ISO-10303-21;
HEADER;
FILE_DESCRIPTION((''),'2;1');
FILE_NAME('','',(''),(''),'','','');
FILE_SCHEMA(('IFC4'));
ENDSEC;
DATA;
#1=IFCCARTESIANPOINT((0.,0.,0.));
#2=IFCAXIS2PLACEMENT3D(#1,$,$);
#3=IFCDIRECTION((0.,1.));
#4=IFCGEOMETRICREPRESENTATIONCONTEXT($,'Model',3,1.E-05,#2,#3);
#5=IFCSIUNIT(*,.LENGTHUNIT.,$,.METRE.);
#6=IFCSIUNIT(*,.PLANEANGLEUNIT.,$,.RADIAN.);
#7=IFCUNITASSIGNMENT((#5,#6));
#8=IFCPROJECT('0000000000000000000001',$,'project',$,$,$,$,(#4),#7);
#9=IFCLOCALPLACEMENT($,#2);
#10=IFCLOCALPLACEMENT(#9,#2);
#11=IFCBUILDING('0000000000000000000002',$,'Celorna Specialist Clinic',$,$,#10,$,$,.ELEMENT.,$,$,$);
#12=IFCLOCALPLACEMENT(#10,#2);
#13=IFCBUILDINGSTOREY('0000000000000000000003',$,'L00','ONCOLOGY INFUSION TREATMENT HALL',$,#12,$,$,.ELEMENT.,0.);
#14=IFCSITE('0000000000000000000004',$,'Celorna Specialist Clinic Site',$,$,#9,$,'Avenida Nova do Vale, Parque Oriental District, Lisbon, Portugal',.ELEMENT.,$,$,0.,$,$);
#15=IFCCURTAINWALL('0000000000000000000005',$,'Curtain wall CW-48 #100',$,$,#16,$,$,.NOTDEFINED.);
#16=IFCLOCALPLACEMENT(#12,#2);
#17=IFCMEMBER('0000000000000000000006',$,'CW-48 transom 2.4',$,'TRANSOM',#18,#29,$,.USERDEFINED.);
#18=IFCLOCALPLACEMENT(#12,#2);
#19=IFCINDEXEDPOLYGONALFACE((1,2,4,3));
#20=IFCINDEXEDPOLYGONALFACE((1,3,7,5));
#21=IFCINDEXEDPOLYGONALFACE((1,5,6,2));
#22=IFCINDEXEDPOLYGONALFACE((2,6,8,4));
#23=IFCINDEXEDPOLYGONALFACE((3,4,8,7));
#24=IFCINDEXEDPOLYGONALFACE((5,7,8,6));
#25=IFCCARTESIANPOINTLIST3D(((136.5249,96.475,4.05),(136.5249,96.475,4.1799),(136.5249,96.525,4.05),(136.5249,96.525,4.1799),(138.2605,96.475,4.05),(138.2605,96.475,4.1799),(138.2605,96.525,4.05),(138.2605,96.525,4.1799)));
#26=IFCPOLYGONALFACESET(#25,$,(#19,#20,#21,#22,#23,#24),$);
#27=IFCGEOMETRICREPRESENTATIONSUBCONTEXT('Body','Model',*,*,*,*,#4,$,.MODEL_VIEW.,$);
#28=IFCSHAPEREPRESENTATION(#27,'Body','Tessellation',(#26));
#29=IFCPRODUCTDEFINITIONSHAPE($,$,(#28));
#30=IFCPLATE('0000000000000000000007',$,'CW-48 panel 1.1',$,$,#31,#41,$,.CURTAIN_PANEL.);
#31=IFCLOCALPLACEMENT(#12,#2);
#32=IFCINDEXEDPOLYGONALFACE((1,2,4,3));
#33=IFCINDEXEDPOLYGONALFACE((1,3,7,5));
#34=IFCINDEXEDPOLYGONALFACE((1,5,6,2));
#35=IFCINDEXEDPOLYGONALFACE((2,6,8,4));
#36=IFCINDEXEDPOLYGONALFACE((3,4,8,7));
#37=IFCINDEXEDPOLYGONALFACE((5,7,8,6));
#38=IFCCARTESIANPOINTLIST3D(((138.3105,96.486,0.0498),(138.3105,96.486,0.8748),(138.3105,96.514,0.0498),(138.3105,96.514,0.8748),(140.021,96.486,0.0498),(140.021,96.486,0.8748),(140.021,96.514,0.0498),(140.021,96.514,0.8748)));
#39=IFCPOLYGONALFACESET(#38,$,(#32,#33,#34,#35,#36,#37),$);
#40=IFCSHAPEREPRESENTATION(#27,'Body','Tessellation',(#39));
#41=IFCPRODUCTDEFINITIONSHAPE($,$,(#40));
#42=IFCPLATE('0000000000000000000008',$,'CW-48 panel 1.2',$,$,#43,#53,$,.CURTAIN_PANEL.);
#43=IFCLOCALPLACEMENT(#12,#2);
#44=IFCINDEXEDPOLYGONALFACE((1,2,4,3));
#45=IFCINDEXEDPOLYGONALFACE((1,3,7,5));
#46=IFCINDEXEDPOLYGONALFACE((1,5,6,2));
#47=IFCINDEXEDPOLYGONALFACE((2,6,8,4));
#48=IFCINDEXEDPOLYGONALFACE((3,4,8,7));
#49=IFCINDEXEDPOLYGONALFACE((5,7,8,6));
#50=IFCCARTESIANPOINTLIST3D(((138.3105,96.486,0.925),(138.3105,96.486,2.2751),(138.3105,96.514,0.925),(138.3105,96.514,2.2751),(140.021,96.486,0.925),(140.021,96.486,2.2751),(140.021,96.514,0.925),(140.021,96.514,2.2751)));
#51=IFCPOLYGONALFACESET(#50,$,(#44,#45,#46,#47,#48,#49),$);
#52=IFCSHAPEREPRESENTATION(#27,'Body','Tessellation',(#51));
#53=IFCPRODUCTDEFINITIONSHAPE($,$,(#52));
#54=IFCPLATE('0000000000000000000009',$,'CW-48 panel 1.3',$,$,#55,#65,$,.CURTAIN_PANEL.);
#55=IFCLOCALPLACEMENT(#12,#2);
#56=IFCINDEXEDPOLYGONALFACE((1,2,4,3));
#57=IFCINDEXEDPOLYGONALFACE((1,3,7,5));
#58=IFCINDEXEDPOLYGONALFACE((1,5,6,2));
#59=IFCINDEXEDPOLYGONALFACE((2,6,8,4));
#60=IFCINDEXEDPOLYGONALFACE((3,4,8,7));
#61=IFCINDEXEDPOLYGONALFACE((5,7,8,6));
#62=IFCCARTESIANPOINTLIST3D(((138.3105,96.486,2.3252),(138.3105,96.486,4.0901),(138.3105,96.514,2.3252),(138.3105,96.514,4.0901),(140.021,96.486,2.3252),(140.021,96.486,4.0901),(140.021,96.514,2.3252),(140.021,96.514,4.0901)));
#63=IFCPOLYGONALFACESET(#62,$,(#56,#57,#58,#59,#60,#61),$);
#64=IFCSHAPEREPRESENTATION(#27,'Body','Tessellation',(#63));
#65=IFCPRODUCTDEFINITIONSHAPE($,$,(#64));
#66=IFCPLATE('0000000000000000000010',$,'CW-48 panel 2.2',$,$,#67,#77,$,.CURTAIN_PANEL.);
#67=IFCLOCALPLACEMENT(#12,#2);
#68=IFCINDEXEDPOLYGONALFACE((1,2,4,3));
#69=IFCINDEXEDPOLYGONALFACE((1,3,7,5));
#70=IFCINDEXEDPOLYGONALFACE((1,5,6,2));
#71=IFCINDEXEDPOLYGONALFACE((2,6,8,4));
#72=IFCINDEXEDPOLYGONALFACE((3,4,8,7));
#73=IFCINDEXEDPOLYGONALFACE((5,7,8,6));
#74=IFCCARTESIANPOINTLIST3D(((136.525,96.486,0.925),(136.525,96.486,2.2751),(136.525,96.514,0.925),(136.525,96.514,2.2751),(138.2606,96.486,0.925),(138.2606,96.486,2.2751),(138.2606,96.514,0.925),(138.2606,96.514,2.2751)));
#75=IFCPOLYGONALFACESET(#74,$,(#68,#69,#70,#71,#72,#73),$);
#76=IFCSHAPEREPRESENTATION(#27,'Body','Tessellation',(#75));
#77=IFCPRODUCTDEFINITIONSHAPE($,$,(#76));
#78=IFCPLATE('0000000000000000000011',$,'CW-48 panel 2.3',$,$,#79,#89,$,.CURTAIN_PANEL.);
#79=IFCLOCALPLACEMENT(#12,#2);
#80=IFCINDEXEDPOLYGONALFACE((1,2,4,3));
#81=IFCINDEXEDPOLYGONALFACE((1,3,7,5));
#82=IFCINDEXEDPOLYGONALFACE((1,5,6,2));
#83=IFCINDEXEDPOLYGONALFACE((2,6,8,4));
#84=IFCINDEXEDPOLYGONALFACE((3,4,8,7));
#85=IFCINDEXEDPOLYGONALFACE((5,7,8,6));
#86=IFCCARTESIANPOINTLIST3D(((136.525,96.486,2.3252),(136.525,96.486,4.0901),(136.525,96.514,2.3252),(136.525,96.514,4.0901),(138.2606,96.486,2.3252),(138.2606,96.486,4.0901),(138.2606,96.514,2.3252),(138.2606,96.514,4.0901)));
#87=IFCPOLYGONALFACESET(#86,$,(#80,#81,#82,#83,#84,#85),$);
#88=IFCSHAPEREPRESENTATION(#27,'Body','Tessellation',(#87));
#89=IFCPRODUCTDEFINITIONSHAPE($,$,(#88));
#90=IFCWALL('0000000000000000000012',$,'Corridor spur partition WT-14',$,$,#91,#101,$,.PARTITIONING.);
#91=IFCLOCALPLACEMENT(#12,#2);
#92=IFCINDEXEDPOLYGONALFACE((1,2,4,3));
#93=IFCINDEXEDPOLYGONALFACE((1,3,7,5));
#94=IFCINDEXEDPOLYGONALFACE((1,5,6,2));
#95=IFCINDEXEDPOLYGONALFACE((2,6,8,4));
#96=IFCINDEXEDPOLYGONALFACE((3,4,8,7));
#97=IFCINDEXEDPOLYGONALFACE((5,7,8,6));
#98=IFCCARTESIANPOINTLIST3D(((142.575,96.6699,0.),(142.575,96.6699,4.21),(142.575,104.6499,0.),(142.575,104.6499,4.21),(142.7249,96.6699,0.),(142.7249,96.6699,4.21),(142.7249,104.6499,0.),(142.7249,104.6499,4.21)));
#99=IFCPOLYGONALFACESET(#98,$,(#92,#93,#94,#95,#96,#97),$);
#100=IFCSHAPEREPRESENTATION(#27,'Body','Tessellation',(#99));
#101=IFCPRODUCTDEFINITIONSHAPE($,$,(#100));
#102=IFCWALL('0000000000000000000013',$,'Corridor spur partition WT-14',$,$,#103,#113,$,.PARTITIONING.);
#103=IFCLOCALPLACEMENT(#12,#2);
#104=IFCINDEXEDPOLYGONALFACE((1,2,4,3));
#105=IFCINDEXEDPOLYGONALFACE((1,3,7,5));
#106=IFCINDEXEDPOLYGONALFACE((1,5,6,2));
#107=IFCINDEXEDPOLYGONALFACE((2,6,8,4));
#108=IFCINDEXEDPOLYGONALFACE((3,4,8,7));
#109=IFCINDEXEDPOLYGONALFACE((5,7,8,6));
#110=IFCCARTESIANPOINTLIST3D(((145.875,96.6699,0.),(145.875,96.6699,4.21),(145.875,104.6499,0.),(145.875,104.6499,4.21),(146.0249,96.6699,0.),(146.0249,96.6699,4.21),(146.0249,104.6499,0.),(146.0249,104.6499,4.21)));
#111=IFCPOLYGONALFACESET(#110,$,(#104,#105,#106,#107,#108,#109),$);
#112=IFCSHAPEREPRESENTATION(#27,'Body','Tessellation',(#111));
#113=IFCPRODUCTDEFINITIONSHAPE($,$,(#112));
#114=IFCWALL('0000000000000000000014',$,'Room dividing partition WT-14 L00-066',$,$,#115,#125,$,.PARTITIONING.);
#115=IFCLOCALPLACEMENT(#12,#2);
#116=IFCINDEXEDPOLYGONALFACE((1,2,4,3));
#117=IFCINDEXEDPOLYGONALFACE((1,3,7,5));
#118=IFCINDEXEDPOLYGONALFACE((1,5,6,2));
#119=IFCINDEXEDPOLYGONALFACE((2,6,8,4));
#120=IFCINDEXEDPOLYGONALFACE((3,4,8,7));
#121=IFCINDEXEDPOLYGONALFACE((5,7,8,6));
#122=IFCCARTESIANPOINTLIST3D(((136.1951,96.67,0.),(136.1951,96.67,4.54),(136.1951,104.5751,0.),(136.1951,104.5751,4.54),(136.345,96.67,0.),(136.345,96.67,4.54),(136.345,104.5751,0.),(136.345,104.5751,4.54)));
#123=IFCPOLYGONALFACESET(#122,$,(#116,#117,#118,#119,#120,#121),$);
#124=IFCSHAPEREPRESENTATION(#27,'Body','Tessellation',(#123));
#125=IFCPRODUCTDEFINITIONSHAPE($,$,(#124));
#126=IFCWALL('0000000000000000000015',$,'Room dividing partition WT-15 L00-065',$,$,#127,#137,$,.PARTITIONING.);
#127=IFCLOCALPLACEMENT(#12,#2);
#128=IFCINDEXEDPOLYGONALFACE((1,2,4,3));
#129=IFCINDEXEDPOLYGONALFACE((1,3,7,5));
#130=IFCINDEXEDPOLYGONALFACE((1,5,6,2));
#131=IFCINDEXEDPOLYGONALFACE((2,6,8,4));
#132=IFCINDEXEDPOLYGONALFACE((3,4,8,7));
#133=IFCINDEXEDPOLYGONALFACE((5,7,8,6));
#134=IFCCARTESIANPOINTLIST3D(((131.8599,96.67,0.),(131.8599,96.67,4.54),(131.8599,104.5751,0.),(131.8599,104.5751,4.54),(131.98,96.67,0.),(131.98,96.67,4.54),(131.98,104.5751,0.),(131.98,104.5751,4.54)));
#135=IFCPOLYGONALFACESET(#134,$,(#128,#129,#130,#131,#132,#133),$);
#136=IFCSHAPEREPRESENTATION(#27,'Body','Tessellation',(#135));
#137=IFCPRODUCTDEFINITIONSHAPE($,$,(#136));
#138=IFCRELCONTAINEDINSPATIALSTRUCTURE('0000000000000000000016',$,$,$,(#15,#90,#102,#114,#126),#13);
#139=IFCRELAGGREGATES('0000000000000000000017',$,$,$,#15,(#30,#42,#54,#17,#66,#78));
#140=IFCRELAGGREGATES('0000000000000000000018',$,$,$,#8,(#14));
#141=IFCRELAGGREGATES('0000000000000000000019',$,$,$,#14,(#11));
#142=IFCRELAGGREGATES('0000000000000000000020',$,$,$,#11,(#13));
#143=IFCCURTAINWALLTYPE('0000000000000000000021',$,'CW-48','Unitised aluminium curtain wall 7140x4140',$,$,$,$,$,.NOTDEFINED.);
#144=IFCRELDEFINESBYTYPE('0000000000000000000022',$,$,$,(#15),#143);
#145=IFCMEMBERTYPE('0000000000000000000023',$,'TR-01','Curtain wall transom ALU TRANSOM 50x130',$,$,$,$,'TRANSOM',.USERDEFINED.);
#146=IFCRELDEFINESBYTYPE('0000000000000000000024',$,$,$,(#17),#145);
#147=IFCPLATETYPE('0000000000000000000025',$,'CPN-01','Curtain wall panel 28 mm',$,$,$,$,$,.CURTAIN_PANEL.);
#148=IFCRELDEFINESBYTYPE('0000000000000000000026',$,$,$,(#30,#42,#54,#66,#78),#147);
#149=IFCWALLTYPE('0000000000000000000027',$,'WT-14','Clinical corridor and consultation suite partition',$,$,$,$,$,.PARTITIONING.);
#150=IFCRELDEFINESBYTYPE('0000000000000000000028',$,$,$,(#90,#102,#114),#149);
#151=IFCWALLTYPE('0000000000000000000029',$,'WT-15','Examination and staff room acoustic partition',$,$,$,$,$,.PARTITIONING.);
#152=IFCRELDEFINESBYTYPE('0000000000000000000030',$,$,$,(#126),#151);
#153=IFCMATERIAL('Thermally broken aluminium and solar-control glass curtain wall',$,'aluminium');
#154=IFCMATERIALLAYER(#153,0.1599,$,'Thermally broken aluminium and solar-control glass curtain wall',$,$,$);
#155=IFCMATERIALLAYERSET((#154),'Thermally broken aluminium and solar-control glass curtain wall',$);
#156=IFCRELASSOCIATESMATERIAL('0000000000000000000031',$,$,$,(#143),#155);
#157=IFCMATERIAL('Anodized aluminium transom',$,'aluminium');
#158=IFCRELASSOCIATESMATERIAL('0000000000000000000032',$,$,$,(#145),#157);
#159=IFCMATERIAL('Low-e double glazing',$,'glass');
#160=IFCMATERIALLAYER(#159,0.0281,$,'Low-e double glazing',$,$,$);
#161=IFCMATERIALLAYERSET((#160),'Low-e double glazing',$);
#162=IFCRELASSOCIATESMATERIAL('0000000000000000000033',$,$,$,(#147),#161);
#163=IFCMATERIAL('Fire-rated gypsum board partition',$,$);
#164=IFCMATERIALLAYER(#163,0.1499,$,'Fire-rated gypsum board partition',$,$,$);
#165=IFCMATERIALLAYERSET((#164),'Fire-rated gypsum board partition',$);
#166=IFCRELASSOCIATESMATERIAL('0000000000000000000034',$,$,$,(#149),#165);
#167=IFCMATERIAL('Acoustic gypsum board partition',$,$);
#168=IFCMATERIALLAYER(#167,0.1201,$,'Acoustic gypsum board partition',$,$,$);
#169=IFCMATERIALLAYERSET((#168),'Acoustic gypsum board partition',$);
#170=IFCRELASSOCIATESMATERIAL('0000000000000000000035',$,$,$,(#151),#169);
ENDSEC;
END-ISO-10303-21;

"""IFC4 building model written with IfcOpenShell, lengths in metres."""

from ifc_helpers import new_model, si_unit, direction, frame, frame_2d, origin, origin_2d, place, context, subcontext, project, spatial, rectangle, extrude, material, layer, layer_set, material_profile, profile_set, type_object, element, aggregate, save


model = new_model("IFC4")

# Units and contexts
model_context = context("Model", 3, precision=1e-05, world=origin(), true_north=direction((0.0, 1.0)))
body_context = subcontext(model_context, "Body", "Model", "MODEL_VIEW")
ifc_project = project(units=[si_unit("LENGTHUNIT", "METRE"), si_unit("PLANEANGLEUNIT", "RADIAN")], contexts=[model_context])

# Site, building, storey
site_placement = place(None, origin())
site = spatial("IfcSite", under=ifc_project, at=site_placement, Name="Celorna Specialist Clinic Site", LongName="Avenida Nova do Vale, Parque Oriental District, Lisbon, Portugal", CompositionType="ELEMENT", RefElevation=0.0)
building_placement = place(site_placement, origin())
building = spatial("IfcBuilding", under=site, at=building_placement, Name="Celorna Specialist Clinic", CompositionType="ELEMENT")
storey_placement = place(building_placement, origin())
storey = spatial("IfcBuildingStorey", under=building, at=storey_placement, Name="L00", Description="ONCOLOGY INFUSION TREATMENT HALL", CompositionType="ELEMENT", Elevation=0.0)

# Curtain wall, member, plates
ifc_material_1 = material(Name="Thermally broken aluminium and solar-control glass curtain wall", Category="aluminium")
ifc_layer_1 = layer(ifc_material_1, 0.1599, Name="Thermally broken aluminium and solar-control glass curtain wall")
ifc_layer_set_1 = layer_set([ifc_layer_1], Name="Thermally broken aluminium and solar-control glass curtain wall")
curtain_wall_type = type_object("IfcCurtainWallType", Name="CW-48", Description="Unitised aluminium curtain wall 7140x4140", PredefinedType="NOTDEFINED", material=ifc_layer_set_1)
curtain_wall_placement = place(storey_placement, origin())
curtain_wall = element("IfcCurtainWall", 1, at=curtain_wall_placement, inside=storey, type_object=curtain_wall_type, Name="Curtain wall CW-48 #100", PredefinedType="NOTDEFINED")
ifc_material_2 = material(Name="Anodized aluminium transom", Category="aluminium")
ifc_material_profile_1 = material_profile(ifc_material_2, rectangle(XDim=0.05, YDim=0.1299, at=origin_2d()), Name="ALU TRANSOM 50x130")
ifc_profile_set_1 = profile_set([ifc_material_profile_1], Name="Anodized aluminium transom")
member_type_1 = type_object("IfcMemberType", Name="TR-01", Description="Curtain wall transom ALU TRANSOM 50x130", ElementType="TRANSOM", PredefinedType="USERDEFINED", material=ifc_profile_set_1)
member_1_placement = place(storey_placement, frame((138.2605, 96.5, 4.115), z_axis=(-1.0, 0.0, 0.0), x_axis=(0.0, -1.0, 0.0)))
member_1 = element("IfcMember", 2, at=member_1_placement, type_object=member_type_1, Name="CW-48 transom 2.4", ObjectType="TRANSOM", PredefinedType="USERDEFINED", context=body_context, shape_type="SweptSolid", body=[
    extrude(rectangle(XDim=0.05, YDim=0.1299, at=origin_2d()), origin(), (0.0, 0.0, 1.0), 1.7356),
])
ifc_material_3 = material(Name="Low-e double glazing", Category="glass")
ifc_layer_2 = layer(ifc_material_3, 0.0281, Name="Low-e double glazing")
ifc_layer_set_2 = layer_set([ifc_layer_2], Name="Low-e double glazing")
plate_type = type_object("IfcPlateType", Name="CPN-01", Description="Curtain wall panel 28 mm", PredefinedType="CURTAIN_PANEL", material=ifc_layer_set_2)
plate_1_placement = place(storey_placement, frame((139.1658, 96.5, 0.0498), z_axis=(0.0, 0.0, 1.0), x_axis=(-1.0, 0.0, 0.0)))
plate_1 = element("IfcPlate", 3, at=plate_1_placement, type_object=plate_type, Name="CW-48 panel 1.1", PredefinedType="CURTAIN_PANEL", context=body_context, shape_type="SweptSolid", body=[
    extrude(rectangle(XDim=1.7104, YDim=0.0281, at=origin_2d()), origin(), (0.0, 0.0, 1.0), 0.825),
])
plate_2_placement = place(storey_placement, frame((139.1658, 96.5, 0.925), z_axis=(0.0, 0.0, 1.0), x_axis=(-1.0, 0.0, 0.0)))
plate_2 = element("IfcPlate", 4, at=plate_2_placement, type_object=plate_type, Name="CW-48 panel 1.2", PredefinedType="CURTAIN_PANEL", context=body_context, shape_type="SweptSolid", body=[
    extrude(rectangle(XDim=1.7104, YDim=0.0281, at=origin_2d()), origin(), (0.0, 0.0, 1.0), 1.3501),
])
plate_3_placement = place(storey_placement, frame((139.1658, 96.5, 2.3252), z_axis=(0.0, 0.0, 1.0), x_axis=(-1.0, 0.0, 0.0)))
plate_3 = element("IfcPlate", 5, at=plate_3_placement, type_object=plate_type, Name="CW-48 panel 1.3", PredefinedType="CURTAIN_PANEL", context=body_context, shape_type="SweptSolid", body=[
    extrude(rectangle(XDim=1.7104, YDim=0.0281, at=origin_2d()), origin(), (0.0, 0.0, 1.0), 1.7649),
])
plate_4_placement = place(storey_placement, frame((137.3928, 96.5, 0.925), z_axis=(0.0, 0.0, 1.0), x_axis=(-1.0, 0.0, 0.0)))
plate_4 = element("IfcPlate", 6, at=plate_4_placement, type_object=plate_type, Name="CW-48 panel 2.2", PredefinedType="CURTAIN_PANEL", context=body_context, shape_type="SweptSolid", body=[
    extrude(rectangle(XDim=1.7356, YDim=0.0281, at=origin_2d()), origin(), (0.0, 0.0, 1.0), 1.3501),
])
plate_5_placement = place(storey_placement, frame((137.3928, 96.5, 2.3252), z_axis=(0.0, 0.0, 1.0), x_axis=(-1.0, 0.0, 0.0)))
plate_5 = element("IfcPlate", 7, at=plate_5_placement, type_object=plate_type, Name="CW-48 panel 2.3", PredefinedType="CURTAIN_PANEL", context=body_context, shape_type="SweptSolid", body=[
    extrude(rectangle(XDim=1.7356, YDim=0.0281, at=origin_2d()), origin(), (0.0, 0.0, 1.0), 1.7649),
])
aggregate(curtain_wall, [plate_1, plate_2, plate_3, member_1, plate_4, plate_5])

# Walls
ifc_material_4 = material(Name="Fire-rated gypsum board partition")
ifc_layer_3 = layer(ifc_material_4, 0.1499, Name="Fire-rated gypsum board partition")
ifc_layer_set_3 = layer_set([ifc_layer_3], Name="Fire-rated gypsum board partition")
wall_type_1 = type_object("IfcWallType", Name="WT-14", Description="Clinical corridor and consultation suite partition", PredefinedType="PARTITIONING", material=ifc_layer_set_3)
for number, where, z_axis, x_axis, name in (
    (8, (142.6499, 96.6699, 0.0), (0.0, 0.0, 1.0), (0.0, 1.0, 0.0), "Corridor spur partition WT-14"),
    (9, (145.95, 96.6699, 0.0), (0.0, 0.0, 1.0), (0.0, 1.0, 0.0), "Corridor spur partition WT-14"),
):
    element("IfcWall", number, at=place(storey_placement, frame(where, z_axis=z_axis, x_axis=x_axis)), inside=storey, type_object=wall_type_1, Name=name, PredefinedType="PARTITIONING", context=body_context, shape_type="SweptSolid", body=[
        extrude(rectangle(XDim=7.98, YDim=0.1499, at=frame_2d((3.99, 0.0))), origin(), (0.0, 0.0, 1.0), 4.21),
    ])
wall_1_placement = place(storey_placement, frame((136.27, 96.6699, 0.0), z_axis=(0.0, 0.0, 1.0), x_axis=(0.0, 1.0, 0.0)))
element("IfcWall", 10, at=wall_1_placement, inside=storey, type_object=wall_type_1, Name="Room dividing partition WT-14 L00-066", PredefinedType="PARTITIONING", context=body_context, shape_type="SweptSolid", body=[
    extrude(rectangle(XDim=7.905, YDim=0.1499, at=frame_2d((3.9526, 0.0))), origin(), (0.0, 0.0, 1.0), 4.54),
])
ifc_material_5 = material(Name="Acoustic gypsum board partition")
ifc_layer_4 = layer(ifc_material_5, 0.1201, Name="Acoustic gypsum board partition")
ifc_layer_set_4 = layer_set([ifc_layer_4], Name="Acoustic gypsum board partition")
wall_type_2 = type_object("IfcWallType", Name="WT-15", Description="Examination and staff room acoustic partition", PredefinedType="PARTITIONING", material=ifc_layer_set_4)
wall_2_placement = place(storey_placement, frame((131.9199, 96.6699, 0.0), z_axis=(0.0, 0.0, 1.0), x_axis=(0.0, 1.0, 0.0)))
element("IfcWall", 11, at=wall_2_placement, inside=storey, type_object=wall_type_2, Name="Room dividing partition WT-15 L00-065", PredefinedType="PARTITIONING", context=body_context, shape_type="SweptSolid", body=[
    extrude(rectangle(XDim=7.905, YDim=0.1201, at=frame_2d((3.9526, 0.0))), origin(), (0.0, 0.0, 1.0), 4.54),
])

save(model, "model.ifc")
